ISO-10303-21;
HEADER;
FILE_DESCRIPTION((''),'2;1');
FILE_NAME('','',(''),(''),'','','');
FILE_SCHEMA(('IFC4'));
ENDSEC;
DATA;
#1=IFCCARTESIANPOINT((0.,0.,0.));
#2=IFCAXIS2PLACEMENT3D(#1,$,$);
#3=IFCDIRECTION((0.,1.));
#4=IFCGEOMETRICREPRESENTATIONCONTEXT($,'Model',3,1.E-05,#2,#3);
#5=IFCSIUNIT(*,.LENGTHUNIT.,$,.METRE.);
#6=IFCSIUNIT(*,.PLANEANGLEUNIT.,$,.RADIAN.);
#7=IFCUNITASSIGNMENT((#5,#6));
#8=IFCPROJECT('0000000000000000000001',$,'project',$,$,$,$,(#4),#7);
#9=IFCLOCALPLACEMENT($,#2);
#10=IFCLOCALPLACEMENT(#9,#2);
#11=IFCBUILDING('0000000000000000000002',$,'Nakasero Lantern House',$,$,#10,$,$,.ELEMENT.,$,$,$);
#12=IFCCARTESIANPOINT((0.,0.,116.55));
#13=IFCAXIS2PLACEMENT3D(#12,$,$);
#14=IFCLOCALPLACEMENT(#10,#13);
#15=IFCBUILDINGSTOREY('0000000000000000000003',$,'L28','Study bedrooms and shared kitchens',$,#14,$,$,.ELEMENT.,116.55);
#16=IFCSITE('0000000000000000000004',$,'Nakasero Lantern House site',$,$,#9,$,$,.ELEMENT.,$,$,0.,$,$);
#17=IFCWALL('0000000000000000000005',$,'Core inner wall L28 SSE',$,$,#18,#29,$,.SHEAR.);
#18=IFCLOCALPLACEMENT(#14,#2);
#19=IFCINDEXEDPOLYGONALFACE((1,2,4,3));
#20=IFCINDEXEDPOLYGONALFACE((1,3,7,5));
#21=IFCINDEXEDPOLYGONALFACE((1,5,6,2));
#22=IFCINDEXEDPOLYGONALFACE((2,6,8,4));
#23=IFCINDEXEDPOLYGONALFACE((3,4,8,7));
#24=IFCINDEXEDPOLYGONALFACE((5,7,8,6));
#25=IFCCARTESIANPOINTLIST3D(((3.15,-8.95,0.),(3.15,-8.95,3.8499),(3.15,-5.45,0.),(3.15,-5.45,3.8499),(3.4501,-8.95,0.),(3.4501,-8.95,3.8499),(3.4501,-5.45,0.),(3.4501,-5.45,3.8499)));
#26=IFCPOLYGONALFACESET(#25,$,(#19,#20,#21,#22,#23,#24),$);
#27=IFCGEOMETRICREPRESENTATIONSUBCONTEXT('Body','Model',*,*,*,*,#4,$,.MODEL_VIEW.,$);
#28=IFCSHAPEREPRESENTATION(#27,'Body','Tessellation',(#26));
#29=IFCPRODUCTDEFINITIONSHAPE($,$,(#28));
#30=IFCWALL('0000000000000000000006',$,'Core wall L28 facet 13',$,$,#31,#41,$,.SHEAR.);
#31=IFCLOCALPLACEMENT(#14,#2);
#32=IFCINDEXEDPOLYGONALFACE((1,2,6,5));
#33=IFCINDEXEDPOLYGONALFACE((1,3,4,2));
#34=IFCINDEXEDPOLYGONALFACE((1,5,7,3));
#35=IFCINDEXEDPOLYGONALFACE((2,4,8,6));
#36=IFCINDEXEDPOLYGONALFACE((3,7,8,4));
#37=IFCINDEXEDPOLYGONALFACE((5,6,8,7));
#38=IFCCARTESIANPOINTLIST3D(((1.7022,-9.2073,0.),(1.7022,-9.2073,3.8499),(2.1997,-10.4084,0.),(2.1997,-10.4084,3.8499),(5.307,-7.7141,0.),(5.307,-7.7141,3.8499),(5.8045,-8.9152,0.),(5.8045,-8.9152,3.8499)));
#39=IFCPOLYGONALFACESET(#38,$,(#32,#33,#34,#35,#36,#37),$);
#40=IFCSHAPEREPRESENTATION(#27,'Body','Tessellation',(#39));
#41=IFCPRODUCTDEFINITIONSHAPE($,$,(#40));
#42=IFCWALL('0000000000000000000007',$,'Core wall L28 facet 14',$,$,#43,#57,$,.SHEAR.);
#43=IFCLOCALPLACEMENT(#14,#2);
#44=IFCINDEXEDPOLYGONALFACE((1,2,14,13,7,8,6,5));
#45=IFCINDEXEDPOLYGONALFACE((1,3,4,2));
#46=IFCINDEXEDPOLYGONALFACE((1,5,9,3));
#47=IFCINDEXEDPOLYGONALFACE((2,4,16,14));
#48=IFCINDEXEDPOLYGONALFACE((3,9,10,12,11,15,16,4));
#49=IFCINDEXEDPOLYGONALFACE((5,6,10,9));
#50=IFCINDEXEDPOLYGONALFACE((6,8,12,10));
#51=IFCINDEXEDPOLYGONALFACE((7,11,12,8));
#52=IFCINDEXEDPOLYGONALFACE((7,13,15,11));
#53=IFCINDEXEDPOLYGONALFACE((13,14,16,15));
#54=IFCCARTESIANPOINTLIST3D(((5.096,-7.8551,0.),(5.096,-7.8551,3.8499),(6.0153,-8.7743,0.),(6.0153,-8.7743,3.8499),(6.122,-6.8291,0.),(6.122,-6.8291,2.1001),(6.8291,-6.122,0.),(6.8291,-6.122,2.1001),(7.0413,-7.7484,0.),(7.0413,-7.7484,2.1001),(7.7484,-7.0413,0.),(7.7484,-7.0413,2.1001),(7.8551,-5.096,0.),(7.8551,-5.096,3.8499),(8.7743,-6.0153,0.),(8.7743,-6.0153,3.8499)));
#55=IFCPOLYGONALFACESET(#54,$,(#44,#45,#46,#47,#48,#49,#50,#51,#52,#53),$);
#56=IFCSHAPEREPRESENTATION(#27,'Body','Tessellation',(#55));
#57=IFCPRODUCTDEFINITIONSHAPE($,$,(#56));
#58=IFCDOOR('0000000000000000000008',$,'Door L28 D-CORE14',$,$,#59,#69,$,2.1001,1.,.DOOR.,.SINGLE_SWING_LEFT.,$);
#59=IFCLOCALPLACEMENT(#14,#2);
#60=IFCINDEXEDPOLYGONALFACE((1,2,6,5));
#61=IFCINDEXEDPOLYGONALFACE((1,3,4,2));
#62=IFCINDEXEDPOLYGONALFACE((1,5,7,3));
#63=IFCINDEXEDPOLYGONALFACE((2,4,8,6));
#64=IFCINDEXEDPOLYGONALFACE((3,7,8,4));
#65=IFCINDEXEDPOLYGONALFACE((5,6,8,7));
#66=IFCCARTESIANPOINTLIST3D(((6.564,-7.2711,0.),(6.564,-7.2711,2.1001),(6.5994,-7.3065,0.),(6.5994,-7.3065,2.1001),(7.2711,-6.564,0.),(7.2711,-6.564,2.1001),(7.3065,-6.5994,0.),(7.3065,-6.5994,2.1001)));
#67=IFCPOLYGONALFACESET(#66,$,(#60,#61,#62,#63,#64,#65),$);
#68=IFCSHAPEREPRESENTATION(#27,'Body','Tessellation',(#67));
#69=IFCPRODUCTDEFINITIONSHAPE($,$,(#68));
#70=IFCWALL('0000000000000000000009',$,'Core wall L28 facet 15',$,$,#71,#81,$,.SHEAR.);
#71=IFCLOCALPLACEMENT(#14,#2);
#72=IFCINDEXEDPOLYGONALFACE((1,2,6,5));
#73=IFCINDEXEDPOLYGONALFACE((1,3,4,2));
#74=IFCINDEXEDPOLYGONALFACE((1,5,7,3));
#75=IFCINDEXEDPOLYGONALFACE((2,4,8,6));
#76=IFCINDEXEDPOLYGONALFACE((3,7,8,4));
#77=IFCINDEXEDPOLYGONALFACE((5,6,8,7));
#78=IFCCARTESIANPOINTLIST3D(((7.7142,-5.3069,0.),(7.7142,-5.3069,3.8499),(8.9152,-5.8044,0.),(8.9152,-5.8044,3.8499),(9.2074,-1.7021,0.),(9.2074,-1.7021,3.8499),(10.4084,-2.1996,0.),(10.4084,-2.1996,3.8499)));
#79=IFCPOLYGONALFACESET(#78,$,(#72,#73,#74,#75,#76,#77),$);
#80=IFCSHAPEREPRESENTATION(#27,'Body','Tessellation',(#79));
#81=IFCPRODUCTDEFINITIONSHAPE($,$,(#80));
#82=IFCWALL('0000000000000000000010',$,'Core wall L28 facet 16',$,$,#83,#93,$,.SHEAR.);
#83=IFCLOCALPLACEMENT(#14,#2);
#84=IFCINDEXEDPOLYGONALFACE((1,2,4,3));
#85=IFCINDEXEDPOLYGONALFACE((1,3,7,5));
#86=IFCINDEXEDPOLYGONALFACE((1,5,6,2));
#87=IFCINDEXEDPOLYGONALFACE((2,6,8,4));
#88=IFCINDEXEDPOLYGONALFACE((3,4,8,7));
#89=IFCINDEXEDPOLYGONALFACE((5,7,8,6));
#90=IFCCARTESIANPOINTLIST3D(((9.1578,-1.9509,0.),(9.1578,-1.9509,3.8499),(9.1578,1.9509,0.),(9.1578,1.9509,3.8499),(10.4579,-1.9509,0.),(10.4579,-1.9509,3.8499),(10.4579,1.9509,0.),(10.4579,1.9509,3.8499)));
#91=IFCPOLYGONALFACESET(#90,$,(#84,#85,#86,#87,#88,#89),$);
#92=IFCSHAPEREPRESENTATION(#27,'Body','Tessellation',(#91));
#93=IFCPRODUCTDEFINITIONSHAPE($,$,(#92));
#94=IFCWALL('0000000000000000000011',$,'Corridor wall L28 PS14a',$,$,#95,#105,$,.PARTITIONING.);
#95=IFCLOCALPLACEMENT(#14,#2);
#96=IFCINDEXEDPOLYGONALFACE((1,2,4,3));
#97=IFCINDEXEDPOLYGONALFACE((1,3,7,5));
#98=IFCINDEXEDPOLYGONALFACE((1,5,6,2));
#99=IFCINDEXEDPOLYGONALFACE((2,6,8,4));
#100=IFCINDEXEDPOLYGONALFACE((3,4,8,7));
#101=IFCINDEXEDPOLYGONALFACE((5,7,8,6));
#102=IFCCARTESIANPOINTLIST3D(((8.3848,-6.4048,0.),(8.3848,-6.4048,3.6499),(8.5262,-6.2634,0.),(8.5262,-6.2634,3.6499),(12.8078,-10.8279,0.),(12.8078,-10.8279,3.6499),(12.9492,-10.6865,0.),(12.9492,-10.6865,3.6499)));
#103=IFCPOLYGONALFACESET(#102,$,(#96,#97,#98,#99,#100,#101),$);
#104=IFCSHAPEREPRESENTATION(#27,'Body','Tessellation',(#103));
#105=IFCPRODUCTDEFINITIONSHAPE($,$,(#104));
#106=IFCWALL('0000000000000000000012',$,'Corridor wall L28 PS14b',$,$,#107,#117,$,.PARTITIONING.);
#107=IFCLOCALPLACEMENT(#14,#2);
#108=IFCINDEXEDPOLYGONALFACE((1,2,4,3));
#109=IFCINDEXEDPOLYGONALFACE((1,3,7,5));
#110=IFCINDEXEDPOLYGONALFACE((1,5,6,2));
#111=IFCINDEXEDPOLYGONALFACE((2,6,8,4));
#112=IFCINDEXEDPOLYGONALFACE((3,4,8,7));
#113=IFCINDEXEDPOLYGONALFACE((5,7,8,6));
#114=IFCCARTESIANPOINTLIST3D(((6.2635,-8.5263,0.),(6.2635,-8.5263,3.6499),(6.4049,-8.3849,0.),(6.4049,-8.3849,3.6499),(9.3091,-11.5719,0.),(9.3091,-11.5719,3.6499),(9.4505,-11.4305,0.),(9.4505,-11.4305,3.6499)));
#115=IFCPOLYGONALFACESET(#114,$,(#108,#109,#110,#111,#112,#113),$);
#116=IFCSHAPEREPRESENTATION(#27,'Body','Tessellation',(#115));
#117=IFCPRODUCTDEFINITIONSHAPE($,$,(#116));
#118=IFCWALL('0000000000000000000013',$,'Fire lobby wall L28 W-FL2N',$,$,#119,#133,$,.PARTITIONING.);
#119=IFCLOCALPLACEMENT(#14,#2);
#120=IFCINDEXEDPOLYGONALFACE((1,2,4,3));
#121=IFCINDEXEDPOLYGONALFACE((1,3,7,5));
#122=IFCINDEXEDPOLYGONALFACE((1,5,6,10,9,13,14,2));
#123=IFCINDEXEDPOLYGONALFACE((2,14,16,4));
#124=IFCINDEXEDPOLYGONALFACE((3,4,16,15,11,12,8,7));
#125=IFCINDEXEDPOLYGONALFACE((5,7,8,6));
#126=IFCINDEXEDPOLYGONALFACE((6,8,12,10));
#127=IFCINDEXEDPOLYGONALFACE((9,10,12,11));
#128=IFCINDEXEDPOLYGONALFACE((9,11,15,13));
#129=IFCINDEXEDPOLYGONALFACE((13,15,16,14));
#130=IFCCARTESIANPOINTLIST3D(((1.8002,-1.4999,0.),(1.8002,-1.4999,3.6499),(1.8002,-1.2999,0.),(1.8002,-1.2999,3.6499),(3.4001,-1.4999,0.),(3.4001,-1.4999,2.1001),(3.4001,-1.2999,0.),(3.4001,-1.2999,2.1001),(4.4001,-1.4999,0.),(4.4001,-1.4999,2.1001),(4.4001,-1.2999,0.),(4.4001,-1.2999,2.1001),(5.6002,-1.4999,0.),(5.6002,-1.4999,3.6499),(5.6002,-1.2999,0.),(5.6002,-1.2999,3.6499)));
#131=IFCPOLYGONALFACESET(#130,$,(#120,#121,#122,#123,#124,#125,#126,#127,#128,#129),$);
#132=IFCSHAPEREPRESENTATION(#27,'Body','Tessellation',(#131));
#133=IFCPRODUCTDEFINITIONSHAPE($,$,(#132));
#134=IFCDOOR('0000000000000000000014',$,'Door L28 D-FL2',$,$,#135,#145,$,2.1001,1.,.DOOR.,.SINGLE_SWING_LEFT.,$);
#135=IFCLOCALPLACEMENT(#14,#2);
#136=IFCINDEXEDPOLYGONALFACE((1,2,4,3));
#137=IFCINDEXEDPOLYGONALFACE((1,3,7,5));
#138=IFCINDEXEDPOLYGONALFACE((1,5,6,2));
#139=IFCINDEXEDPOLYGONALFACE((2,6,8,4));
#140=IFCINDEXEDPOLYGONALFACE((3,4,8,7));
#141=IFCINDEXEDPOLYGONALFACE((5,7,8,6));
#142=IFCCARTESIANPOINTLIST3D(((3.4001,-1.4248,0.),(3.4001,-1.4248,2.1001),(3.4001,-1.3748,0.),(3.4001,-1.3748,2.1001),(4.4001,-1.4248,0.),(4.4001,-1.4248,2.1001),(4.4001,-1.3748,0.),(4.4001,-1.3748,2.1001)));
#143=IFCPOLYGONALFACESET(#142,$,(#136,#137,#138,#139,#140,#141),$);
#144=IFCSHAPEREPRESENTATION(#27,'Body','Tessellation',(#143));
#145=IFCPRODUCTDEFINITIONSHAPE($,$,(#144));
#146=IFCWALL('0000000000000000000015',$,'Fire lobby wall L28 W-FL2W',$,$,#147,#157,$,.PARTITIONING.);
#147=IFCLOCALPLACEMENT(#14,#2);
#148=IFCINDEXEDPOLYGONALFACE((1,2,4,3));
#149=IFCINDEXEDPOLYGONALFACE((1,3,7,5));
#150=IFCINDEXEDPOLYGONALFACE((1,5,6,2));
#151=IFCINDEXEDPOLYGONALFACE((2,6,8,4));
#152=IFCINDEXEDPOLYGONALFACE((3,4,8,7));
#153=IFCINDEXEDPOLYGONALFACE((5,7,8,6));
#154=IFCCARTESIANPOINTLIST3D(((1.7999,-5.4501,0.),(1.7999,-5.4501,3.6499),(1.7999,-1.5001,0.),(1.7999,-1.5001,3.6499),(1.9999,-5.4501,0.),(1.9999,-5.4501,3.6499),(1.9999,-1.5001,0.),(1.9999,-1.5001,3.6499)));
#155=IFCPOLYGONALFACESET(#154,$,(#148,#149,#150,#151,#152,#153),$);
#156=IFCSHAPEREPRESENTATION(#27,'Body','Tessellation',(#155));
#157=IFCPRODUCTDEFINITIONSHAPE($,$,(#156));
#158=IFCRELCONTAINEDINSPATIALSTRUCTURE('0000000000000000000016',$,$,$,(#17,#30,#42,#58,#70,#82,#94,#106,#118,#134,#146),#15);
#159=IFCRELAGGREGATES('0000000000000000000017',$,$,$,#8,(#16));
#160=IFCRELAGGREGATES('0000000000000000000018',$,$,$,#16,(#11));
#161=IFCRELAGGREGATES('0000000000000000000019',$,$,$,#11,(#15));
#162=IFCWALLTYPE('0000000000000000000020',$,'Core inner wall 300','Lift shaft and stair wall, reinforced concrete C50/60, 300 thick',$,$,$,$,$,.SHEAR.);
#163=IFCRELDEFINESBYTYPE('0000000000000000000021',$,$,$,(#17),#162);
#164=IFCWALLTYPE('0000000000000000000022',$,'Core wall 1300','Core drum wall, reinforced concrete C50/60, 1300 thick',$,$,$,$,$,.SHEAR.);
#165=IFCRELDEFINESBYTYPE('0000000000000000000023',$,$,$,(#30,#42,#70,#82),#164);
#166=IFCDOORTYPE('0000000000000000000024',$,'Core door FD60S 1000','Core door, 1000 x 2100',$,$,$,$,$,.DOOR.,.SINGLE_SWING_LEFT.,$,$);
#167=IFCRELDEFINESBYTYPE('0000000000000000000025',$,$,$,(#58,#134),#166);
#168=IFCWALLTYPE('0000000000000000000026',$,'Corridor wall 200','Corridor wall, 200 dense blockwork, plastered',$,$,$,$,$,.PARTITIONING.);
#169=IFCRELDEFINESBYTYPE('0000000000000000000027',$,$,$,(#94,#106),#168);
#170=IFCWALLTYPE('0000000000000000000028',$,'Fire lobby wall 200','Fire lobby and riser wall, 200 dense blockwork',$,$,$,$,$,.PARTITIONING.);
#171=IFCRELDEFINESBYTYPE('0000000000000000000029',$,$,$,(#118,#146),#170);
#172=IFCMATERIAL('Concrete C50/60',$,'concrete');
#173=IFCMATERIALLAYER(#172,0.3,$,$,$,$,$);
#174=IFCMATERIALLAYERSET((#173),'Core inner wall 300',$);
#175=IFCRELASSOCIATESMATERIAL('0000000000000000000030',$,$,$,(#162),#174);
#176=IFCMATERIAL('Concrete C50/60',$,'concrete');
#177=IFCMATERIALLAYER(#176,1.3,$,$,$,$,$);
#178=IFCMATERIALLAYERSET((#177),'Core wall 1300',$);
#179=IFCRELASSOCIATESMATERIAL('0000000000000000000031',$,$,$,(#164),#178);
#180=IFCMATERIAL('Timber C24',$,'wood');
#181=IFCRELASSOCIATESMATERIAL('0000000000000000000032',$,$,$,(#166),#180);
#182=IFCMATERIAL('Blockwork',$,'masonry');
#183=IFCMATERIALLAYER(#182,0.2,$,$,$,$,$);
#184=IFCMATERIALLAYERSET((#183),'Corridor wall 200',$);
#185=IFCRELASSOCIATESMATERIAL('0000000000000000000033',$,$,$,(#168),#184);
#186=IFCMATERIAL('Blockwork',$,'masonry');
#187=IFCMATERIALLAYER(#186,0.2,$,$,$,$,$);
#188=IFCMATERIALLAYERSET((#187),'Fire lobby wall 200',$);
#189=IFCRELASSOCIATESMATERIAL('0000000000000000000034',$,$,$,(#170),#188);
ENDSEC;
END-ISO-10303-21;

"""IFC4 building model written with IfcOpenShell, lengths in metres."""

from ifc_helpers import new_model, si_unit, direction, frame, frame_2d, origin, place, context, subcontext, project, spatial, rectangle, extrude, material, layer, layer_set, type_object, element, fill, save


model = new_model("IFC4")

# Units and contexts
model_context = context("Model", 3, precision=1e-05, world=origin(), true_north=direction((0.0, 1.0)))
body_context = subcontext(model_context, "Body", "Model", "MODEL_VIEW")
ifc_project = project(units=[si_unit("LENGTHUNIT", "METRE"), si_unit("PLANEANGLEUNIT", "RADIAN")], contexts=[model_context])

# Site, building, storey
site_placement = place(None, origin())
site = spatial("IfcSite", under=ifc_project, at=site_placement, Name="Nakasero Lantern House site", CompositionType="ELEMENT", RefElevation=0.0)
building_placement = place(site_placement, origin())
building = spatial("IfcBuilding", under=site, at=building_placement, Name="Nakasero Lantern House", CompositionType="ELEMENT")
storey_placement = place(building_placement, frame((0.0, 0.0, 116.55)))
storey = spatial("IfcBuildingStorey", under=building, at=storey_placement, Name="L28", Description="Study bedrooms and shared kitchens", CompositionType="ELEMENT", Elevation=116.55)

# Shared definitions
ifc_material_1 = material(Name="Concrete C50/60", Category="concrete")
ifc_layer_1 = layer(ifc_material_1, 0.3)
ifc_layer_set_1 = layer_set([ifc_layer_1], Name="Core inner wall 300")
wall_type_1 = type_object("IfcWallType", Name="Core inner wall 300", Description="Lift shaft and stair wall, reinforced concrete C50/60, 300 thick", PredefinedType="SHEAR", material=ifc_layer_set_1)

# Walls
wall_1_placement = place(storey_placement, frame((3.3, -5.45, 0.0), z_axis=(0.0, 0.0, 1.0), x_axis=(0.0, -1.0, 0.0)))
element("IfcWall", 1, at=wall_1_placement, inside=storey, type_object=wall_type_1, Name="Core inner wall L28 SSE", PredefinedType="SHEAR", context=body_context, shape_type="SweptSolid", body=[
    extrude(rectangle(XDim=3.5, YDim=0.3, at=frame_2d((1.75, 0.0))), origin(), (0.0, 0.0, 1.0), 3.8499),
])
ifc_material_2 = material(Name="Concrete C50/60", Category="concrete")
ifc_layer_2 = layer(ifc_material_2, 1.3)
ifc_layer_set_2 = layer_set([ifc_layer_2], Name="Core wall 1300")
wall_type_2 = type_object("IfcWallType", Name="Core wall 1300", Description="Core drum wall, reinforced concrete C50/60, 1300 thick", PredefinedType="SHEAR", material=ifc_layer_set_2)
wall_2_placement = place(storey_placement, frame((1.9509, -9.8079, 0.0), z_axis=(0.0, 0.0, 1.0), x_axis=(0.923877, 0.382691, 0.0)))
element("IfcWall", 2, at=wall_2_placement, inside=storey, type_object=wall_type_2, Name="Core wall L28 facet 13", PredefinedType="SHEAR", context=body_context, shape_type="SweptSolid", body=[
    extrude(rectangle(XDim=3.9019, YDim=1.3, at=frame_2d((1.9509, 0.0))), origin(), (0.0, 0.0, 1.0), 3.8499),
])

# Wall, opening, door
wall_3_placement = place(storey_placement, frame((5.5557, -8.3147, 0.0), z_axis=(0.0, 0.0, 1.0), x_axis=(0.707107, 0.707107, 0.0)))
wall_3 = element("IfcWall", 3, at=wall_3_placement, inside=storey, type_object=wall_type_2, Name="Core wall L28 facet 14", PredefinedType="SHEAR", context=body_context, shape_type="SweptSolid", body=[
    extrude(rectangle(XDim=3.9019, YDim=1.3, at=frame_2d((1.9509, 0.0))), origin(), (0.0, 0.0, 1.0), 3.8499),
])
opening_1_placement = place(wall_3_placement, frame((1.4509, 0.0, 0.0)))
opening_1 = element("IfcOpeningElement", 4, at=opening_1_placement, cuts=wall_3, PredefinedType="OPENING", context=body_context, shape_type="SweptSolid", body=[
    extrude(rectangle(XDim=1.0, YDim=2.1001, at=frame_2d((0.5, 1.05))), frame((0.0, 0.6699, 0.0), z_axis=(0.0, -1.0, 0.0), x_axis=(1.0, 0.0, 0.0)), (0.0, 0.0, 1.0), 1.3401),
])
ifc_material_3 = material(Name="Timber C24", Category="wood")
door_type_1 = type_object("IfcDoorType", Name="Core door FD60S 1000", Description="Core door, 1000 x 2100", OperationType="SINGLE_SWING_LEFT", PredefinedType="DOOR", material=ifc_material_3)
door_1_placement = place(opening_1_placement, origin())
door_1 = element("IfcDoor", 5, at=door_1_placement, inside=storey, type_object=door_type_1, Name="Door L28 D-CORE14", OperationType="SINGLE_SWING_LEFT", OverallHeight=2.1001, OverallWidth=1.0, PredefinedType="DOOR", context=body_context, shape_type="SweptSolid", body=[
    extrude(rectangle(XDim=1.0, YDim=2.1001, at=frame_2d((0.5, 1.05))), frame((0.0, 0.0249, 0.0), z_axis=(0.0, -1.0, 0.0), x_axis=(1.0, 0.0, 0.0)), (0.0, 0.0, 1.0), 0.05),
])
fill(opening_1, door_1)

# Walls
for number, where, z_axis, x_axis, name in (
    (6, (8.3147, -5.5557, 0.0), (0.0, 0.0, 1.0), (0.382691, 0.923877, 0.0), "Core wall L28 facet 15"),
    (7, (9.8079, -1.9509, 0.0), (0.0, 0.0, 1.0), (0.0, 1.0, 0.0), "Core wall L28 facet 16"),
):
    element("IfcWall", number, at=place(storey_placement, frame(where, z_axis=z_axis, x_axis=x_axis)), inside=storey, type_object=wall_type_2, Name=name, PredefinedType="SHEAR", context=body_context, shape_type="SweptSolid", body=[
        extrude(rectangle(XDim=3.9019, YDim=1.3, at=frame_2d((1.9509, 0.0))), origin(), (0.0, 0.0, 1.0), 3.8499),
    ])
ifc_material_4 = material(Name="Blockwork", Category="masonry")
ifc_layer_3 = layer(ifc_material_4, 0.2)
ifc_layer_set_3 = layer_set([ifc_layer_3], Name="Corridor wall 200")
wall_type_3 = type_object("IfcWallType", Name="Corridor wall 200", Description="Corridor wall, 200 dense blockwork, plastered", PredefinedType="PARTITIONING", material=ifc_layer_set_3)
wall_4_placement = place(storey_placement, frame((8.4556, -6.3342, 0.0), z_axis=(0.0, 0.0, 1.0), x_axis=(0.707107, -0.707107, 0.0)))
element("IfcWall", 8, at=wall_4_placement, inside=storey, type_object=wall_type_3, Name="Corridor wall L28 PS14a", PredefinedType="PARTITIONING", context=body_context, shape_type="SweptSolid", body=[
    extrude(rectangle(XDim=6.2551, YDim=0.2, at=frame_2d((3.1274, 0.0))), origin(), (0.0, 0.0, 1.0), 3.6499),
])
wall_5_placement = place(storey_placement, frame((6.3342, -8.4556, 0.0), z_axis=(0.0, 0.0, 1.0), x_axis=(0.707107, -0.707107, 0.0)))
element("IfcWall", 9, at=wall_5_placement, inside=storey, type_object=wall_type_3, Name="Corridor wall L28 PS14b", PredefinedType="PARTITIONING", context=body_context, shape_type="SweptSolid", body=[
    extrude(rectangle(XDim=4.3071, YDim=0.2, at=frame_2d((2.1536, 0.0))), origin(), (0.0, 0.0, 1.0), 3.6499),
])

# Wall, opening, door
ifc_material_5 = material(Name="Blockwork", Category="masonry")
ifc_layer_4 = layer(ifc_material_5, 0.2)
ifc_layer_set_4 = layer_set([ifc_layer_4], Name="Fire lobby wall 200")
wall_type_4 = type_object("IfcWallType", Name="Fire lobby wall 200", Description="Fire lobby and riser wall, 200 dense blockwork", PredefinedType="PARTITIONING", material=ifc_layer_set_4)
wall_6_placement = place(storey_placement, frame((5.6001, -1.3999, 0.0), z_axis=(0.0, 0.0, 1.0), x_axis=(-1.0, 0.0, 0.0)))
wall_6 = element("IfcWall", 10, at=wall_6_placement, inside=storey, type_object=wall_type_4, Name="Fire lobby wall L28 W-FL2N", PredefinedType="PARTITIONING", context=body_context, shape_type="SweptSolid", body=[
    extrude(rectangle(XDim=3.8, YDim=0.2, at=frame_2d((1.8999, 0.0))), origin(), (0.0, 0.0, 1.0), 3.6499),
])
opening_2_placement = place(wall_6_placement, frame((1.2, 0.0, 0.0)))
opening_2 = element("IfcOpeningElement", 11, at=opening_2_placement, cuts=wall_6, PredefinedType="OPENING", context=body_context, shape_type="SweptSolid", body=[
    extrude(rectangle(XDim=1.0, YDim=2.1001, at=frame_2d((0.5, 1.05))), frame((0.0, 0.1199, 0.0), z_axis=(0.0, -1.0, 0.0), x_axis=(1.0, 0.0, 0.0)), (0.0, 0.0, 1.0), 0.24),
])
door_2_placement = place(opening_2_placement, origin())
door_2 = element("IfcDoor", 12, at=door_2_placement, inside=storey, type_object=door_type_1, Name="Door L28 D-FL2", OperationType="SINGLE_SWING_LEFT", OverallHeight=2.1001, OverallWidth=1.0, PredefinedType="DOOR", context=body_context, shape_type="SweptSolid", body=[
    extrude(rectangle(XDim=1.0, YDim=2.1001, at=frame_2d((0.5, 1.05))), frame((0.0, 0.0249, 0.0), z_axis=(0.0, -1.0, 0.0), x_axis=(1.0, 0.0, 0.0)), (0.0, 0.0, 1.0), 0.05),
])
fill(opening_2, door_2)

# Wall
wall_7_placement = place(storey_placement, frame((1.8999, -1.5, 0.0), z_axis=(0.0, 0.0, 1.0), x_axis=(0.0, -1.0, 0.0)))
element("IfcWall", 13, at=wall_7_placement, inside=storey, type_object=wall_type_4, Name="Fire lobby wall L28 W-FL2W", PredefinedType="PARTITIONING", context=body_context, shape_type="SweptSolid", body=[
    extrude(rectangle(XDim=3.95, YDim=0.2, at=frame_2d((1.9751, 0.0))), origin(), (0.0, 0.0, 1.0), 3.6499),
])

save(model, "model.ifc")
